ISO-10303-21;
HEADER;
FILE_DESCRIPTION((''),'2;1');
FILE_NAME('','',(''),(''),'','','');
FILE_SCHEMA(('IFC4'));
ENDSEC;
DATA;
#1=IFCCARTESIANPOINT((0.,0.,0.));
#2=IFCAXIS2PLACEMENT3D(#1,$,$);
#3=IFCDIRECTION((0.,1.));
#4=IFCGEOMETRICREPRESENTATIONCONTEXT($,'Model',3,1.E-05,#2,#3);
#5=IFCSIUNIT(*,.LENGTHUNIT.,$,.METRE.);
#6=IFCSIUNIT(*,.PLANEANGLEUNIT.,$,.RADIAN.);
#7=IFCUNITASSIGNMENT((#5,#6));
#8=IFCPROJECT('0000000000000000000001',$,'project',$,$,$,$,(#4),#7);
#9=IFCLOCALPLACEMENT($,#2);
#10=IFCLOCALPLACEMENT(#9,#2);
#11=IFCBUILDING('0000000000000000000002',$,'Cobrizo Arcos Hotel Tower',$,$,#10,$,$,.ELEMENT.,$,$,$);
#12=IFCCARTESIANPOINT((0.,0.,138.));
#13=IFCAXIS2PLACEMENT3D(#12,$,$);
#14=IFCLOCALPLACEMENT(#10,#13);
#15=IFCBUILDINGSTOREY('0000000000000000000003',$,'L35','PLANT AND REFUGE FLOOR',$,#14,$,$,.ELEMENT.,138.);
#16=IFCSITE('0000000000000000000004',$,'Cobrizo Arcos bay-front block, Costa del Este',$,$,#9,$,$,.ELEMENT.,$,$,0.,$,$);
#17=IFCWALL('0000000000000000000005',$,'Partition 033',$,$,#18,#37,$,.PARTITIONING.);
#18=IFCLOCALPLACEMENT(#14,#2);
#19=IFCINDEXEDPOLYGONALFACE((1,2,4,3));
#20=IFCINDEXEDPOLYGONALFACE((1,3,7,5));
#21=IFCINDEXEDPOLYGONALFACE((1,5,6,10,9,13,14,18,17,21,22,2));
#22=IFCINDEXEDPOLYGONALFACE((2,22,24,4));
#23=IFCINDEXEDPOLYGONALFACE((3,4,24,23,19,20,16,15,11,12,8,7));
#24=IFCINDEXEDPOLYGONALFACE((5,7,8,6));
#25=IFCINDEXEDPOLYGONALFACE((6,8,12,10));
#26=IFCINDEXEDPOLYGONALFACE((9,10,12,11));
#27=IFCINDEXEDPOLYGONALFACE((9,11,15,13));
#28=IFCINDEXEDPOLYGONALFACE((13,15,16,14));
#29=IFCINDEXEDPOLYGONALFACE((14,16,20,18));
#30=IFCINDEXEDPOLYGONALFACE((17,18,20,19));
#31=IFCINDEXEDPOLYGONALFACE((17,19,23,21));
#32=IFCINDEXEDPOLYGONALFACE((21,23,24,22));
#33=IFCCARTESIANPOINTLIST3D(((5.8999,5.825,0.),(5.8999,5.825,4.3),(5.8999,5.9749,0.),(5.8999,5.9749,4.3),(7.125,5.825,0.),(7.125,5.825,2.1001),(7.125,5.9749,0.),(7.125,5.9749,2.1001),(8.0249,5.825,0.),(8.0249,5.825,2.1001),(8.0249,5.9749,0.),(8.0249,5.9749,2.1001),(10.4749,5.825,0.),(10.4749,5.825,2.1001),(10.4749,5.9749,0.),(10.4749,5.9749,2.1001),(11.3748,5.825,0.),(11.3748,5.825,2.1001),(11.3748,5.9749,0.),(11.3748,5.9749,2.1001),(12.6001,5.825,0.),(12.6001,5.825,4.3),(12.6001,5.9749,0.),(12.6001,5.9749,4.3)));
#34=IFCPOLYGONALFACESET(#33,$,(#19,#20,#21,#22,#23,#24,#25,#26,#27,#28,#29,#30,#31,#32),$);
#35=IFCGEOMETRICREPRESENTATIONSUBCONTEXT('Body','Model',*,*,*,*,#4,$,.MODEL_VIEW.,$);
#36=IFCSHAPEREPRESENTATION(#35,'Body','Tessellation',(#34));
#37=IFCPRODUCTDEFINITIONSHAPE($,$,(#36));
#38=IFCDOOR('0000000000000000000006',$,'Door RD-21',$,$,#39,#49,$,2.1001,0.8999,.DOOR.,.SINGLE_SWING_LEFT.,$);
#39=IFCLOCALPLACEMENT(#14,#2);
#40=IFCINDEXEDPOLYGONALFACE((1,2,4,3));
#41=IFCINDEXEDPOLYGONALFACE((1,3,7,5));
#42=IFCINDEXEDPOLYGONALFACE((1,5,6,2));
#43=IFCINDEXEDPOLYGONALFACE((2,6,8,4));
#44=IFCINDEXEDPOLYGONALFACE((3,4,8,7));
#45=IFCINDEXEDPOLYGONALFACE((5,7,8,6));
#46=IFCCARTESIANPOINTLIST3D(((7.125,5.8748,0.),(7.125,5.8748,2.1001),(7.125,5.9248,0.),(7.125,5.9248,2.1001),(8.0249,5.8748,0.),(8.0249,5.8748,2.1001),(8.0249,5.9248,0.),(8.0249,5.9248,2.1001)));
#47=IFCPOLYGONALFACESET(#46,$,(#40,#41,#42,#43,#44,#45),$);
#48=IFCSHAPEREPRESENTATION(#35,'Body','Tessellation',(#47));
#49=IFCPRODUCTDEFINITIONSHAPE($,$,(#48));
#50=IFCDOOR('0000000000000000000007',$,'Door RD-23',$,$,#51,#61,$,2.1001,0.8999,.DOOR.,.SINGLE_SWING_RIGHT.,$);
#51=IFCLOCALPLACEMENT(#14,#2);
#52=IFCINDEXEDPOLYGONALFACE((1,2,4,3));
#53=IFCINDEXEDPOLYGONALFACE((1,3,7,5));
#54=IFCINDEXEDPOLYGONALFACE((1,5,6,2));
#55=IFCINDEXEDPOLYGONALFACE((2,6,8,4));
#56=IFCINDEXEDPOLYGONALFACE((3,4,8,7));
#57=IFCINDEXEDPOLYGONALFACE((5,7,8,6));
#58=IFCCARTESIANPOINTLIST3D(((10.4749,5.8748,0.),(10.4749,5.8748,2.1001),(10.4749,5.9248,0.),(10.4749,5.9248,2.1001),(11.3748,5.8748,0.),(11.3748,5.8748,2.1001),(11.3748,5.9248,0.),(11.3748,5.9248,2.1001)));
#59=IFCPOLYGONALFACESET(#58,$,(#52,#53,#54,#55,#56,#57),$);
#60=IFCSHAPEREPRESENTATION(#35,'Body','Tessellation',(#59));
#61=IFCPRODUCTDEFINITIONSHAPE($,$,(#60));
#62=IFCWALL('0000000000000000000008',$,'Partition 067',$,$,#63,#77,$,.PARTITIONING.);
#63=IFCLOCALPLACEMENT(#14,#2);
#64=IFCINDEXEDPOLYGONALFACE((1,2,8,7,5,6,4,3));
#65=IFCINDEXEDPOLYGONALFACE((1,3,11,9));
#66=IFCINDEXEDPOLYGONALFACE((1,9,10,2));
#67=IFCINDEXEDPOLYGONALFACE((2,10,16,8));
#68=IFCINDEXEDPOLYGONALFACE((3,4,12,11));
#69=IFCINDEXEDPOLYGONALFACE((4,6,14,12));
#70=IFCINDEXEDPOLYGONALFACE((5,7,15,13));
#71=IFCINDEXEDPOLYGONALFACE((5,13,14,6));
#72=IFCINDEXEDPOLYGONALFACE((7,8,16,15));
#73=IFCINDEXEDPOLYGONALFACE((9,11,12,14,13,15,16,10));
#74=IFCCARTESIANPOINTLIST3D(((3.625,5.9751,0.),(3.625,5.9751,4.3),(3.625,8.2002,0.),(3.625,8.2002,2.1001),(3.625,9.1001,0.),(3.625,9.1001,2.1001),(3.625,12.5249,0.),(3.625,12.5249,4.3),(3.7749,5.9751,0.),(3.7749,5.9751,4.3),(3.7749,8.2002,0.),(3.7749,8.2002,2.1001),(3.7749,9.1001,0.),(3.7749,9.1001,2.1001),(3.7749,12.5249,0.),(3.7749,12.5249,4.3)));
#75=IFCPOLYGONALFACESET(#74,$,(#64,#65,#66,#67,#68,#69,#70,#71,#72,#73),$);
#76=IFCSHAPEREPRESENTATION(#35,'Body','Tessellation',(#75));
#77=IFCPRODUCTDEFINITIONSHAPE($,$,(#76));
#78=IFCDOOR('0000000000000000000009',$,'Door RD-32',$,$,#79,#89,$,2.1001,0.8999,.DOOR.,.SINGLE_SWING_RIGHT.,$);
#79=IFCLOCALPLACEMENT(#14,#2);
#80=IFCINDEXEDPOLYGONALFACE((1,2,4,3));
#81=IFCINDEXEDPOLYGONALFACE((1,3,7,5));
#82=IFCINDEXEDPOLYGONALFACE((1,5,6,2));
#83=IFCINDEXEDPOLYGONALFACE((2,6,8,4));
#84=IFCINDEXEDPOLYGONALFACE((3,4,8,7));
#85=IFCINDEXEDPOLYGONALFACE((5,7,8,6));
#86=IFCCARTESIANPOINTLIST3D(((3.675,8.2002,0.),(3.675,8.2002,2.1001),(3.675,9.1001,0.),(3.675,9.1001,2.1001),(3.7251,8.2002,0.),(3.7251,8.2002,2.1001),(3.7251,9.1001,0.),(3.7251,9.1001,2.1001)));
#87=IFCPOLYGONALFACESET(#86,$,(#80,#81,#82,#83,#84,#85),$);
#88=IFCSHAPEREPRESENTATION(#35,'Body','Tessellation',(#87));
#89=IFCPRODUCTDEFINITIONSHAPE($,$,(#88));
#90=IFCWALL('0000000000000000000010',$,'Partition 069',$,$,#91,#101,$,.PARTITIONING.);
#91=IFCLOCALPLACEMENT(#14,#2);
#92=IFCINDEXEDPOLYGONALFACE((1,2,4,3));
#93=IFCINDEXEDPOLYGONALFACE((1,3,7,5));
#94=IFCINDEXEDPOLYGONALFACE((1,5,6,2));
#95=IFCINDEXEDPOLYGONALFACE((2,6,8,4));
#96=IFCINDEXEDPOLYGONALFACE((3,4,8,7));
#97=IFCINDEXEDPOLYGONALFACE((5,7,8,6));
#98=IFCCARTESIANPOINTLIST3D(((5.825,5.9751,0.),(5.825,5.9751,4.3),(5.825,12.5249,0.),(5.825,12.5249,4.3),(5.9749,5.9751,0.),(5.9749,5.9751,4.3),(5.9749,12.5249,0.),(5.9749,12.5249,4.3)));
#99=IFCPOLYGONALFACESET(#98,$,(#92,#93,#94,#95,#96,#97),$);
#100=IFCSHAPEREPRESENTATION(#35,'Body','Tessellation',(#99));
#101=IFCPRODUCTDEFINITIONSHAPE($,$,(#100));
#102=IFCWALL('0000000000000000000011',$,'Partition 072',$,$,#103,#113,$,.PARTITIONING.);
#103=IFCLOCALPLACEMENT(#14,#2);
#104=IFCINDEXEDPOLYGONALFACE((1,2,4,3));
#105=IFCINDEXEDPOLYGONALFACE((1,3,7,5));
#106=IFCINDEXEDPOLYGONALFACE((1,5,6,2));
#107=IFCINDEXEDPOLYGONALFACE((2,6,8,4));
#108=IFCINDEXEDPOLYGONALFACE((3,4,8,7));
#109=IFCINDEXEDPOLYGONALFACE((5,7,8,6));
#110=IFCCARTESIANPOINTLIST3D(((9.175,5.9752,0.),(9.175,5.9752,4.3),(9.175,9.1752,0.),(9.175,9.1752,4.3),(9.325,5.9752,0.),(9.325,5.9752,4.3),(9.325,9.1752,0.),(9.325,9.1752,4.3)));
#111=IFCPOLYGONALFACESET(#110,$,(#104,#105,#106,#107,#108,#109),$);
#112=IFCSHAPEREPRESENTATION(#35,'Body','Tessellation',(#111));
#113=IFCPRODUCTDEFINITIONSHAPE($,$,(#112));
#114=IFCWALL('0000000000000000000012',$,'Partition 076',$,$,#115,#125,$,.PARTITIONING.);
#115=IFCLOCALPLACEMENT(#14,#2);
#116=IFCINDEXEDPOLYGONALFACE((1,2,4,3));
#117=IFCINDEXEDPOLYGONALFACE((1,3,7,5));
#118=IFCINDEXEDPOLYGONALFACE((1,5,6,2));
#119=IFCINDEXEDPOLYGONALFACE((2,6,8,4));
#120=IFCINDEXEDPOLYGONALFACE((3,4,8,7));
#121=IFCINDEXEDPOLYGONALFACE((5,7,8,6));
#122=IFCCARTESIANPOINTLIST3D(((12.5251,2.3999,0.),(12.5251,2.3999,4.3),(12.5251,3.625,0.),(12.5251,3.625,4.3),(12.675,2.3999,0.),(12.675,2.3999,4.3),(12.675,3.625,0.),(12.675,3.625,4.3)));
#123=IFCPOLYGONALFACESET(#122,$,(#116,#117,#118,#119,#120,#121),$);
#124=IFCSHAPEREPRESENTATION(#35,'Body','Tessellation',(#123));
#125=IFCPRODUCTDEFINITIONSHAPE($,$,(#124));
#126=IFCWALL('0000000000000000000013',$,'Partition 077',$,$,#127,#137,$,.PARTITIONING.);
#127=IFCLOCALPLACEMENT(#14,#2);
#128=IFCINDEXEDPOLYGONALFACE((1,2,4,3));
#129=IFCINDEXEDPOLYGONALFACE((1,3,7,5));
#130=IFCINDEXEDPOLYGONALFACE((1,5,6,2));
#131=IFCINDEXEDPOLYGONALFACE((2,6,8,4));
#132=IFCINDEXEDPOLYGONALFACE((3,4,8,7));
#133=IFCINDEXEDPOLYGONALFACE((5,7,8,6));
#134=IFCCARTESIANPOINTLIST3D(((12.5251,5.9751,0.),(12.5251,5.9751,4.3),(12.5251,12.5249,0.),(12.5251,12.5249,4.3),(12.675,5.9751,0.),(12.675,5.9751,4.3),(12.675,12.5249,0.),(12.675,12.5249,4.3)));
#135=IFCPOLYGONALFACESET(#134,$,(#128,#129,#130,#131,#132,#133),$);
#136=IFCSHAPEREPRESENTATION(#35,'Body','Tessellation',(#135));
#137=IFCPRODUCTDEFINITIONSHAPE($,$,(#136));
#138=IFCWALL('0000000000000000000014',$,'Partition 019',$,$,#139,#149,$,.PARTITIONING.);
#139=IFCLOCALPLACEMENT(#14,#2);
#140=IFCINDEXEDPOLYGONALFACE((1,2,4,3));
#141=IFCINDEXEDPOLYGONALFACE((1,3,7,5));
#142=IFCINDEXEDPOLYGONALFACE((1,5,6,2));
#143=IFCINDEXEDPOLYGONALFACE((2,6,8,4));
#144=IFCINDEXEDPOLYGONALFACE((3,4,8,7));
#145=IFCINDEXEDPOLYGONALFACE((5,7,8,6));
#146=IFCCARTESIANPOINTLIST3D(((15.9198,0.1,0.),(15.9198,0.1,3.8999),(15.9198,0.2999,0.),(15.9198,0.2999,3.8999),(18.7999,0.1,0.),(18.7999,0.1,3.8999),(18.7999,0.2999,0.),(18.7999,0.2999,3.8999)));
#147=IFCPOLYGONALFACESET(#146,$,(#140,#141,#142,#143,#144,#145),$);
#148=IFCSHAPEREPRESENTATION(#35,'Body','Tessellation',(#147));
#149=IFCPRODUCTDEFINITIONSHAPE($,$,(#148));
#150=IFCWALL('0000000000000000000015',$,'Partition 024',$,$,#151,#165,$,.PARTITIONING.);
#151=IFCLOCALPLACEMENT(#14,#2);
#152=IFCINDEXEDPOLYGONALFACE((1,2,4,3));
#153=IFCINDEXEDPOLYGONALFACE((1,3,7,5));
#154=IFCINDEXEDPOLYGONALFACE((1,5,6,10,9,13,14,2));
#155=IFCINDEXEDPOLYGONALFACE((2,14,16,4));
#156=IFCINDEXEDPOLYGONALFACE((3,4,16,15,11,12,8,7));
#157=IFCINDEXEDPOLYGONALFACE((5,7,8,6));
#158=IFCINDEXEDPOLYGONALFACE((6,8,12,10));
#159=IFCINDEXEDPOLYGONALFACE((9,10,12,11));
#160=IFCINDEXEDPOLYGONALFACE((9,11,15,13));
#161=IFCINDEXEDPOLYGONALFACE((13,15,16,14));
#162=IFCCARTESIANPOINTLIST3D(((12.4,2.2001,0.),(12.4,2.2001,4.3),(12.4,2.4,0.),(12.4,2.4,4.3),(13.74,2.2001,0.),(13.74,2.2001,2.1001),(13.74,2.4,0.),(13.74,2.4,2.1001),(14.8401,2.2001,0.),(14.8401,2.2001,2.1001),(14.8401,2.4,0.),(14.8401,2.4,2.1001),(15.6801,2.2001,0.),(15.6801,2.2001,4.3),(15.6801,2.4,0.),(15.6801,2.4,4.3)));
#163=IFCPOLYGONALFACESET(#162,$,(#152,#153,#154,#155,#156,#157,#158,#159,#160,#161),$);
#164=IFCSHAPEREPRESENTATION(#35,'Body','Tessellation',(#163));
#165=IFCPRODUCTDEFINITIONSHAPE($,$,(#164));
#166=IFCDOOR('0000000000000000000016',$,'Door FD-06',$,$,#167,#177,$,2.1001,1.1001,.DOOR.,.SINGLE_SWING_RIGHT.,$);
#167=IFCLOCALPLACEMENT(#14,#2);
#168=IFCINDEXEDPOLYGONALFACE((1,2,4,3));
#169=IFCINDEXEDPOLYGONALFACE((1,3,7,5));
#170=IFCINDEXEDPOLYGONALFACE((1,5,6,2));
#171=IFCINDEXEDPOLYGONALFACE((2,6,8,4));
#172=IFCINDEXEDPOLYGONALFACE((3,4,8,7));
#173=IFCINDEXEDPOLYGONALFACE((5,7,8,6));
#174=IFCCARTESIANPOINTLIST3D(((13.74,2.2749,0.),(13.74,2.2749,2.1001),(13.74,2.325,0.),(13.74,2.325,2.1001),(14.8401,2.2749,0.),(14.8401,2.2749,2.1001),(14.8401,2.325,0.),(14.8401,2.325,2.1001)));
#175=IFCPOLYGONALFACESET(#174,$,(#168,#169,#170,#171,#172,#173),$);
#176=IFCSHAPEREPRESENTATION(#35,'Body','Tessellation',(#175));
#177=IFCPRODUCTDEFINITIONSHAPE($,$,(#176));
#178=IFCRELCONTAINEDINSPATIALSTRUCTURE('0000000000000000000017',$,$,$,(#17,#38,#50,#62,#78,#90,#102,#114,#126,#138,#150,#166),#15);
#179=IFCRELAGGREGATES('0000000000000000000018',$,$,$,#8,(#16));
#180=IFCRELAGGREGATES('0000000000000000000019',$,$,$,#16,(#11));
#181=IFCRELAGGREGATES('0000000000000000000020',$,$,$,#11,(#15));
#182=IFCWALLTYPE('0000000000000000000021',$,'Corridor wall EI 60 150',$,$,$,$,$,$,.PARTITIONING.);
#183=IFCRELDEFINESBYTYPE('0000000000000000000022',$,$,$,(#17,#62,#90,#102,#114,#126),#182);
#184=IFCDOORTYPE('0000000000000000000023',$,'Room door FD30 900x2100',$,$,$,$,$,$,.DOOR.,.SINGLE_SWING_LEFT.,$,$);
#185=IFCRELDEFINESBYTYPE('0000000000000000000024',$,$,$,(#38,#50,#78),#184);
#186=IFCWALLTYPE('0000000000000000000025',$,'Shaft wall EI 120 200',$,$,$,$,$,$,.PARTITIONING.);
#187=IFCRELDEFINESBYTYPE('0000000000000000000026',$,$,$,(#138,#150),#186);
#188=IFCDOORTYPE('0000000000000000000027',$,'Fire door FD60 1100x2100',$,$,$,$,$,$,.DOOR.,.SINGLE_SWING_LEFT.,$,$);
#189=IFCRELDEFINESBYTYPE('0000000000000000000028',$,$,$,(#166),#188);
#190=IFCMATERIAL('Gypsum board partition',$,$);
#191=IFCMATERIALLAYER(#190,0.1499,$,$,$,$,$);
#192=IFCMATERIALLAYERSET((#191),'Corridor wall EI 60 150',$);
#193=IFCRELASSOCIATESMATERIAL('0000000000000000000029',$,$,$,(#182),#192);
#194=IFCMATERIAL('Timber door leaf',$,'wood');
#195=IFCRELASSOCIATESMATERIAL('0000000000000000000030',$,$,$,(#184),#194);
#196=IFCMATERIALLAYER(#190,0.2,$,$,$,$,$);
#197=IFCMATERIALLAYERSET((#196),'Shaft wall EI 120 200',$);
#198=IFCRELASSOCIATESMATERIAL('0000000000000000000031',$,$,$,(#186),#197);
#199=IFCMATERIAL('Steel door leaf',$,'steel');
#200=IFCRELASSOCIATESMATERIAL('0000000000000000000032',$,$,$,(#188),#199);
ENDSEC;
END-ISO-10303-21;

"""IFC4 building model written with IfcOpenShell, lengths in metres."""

from ifc_helpers import new_model, si_unit, direction, frame, frame_2d, origin, place, context, subcontext, project, spatial, rectangle, extrude, material, layer, layer_set, type_object, element, fill, save


model = new_model("IFC4")

# Units and contexts
model_context = context("Model", 3, precision=1e-05, world=origin(), true_north=direction((0.0, 1.0)))
body_context = subcontext(model_context, "Body", "Model", "MODEL_VIEW")
ifc_project = project(units=[si_unit("LENGTHUNIT", "METRE"), si_unit("PLANEANGLEUNIT", "RADIAN")], contexts=[model_context])

# Site, building, storey
site_placement = place(None, origin())
site = spatial("IfcSite", under=ifc_project, at=site_placement, Name="Cobrizo Arcos bay-front block, Costa del Este", CompositionType="ELEMENT", RefElevation=0.0)
building_placement = place(site_placement, origin())
building = spatial("IfcBuilding", under=site, at=building_placement, Name="Cobrizo Arcos Hotel Tower", CompositionType="ELEMENT")
storey_placement = place(building_placement, frame((0.0, 0.0, 138.0)))
storey = spatial("IfcBuildingStorey", under=building, at=storey_placement, Name="L35", Description="PLANT AND REFUGE FLOOR", CompositionType="ELEMENT", Elevation=138.0)

# Shared definitions
ifc_material_1 = material(Name="Gypsum board partition")
ifc_layer_1 = layer(ifc_material_1, 0.1499)
ifc_layer_set_1 = layer_set([ifc_layer_1], Name="Corridor wall EI 60 150")
wall_type_1 = type_object("IfcWallType", Name="Corridor wall EI 60 150", PredefinedType="PARTITIONING", material=ifc_layer_set_1)
ifc_material_2 = material(Name="Timber door leaf", Category="wood")
door_type_1 = type_object("IfcDoorType", Name="Room door FD30 900x2100", OperationType="SINGLE_SWING_LEFT", PredefinedType="DOOR", material=ifc_material_2)

# Wall, openings, doors
wall_1_placement = place(storey_placement, frame((5.8999, 5.8999, 0.0), z_axis=(0.0, 0.0, 1.0), x_axis=(1.0, 0.0, 0.0)))
wall_1 = element("IfcWall", 1, at=wall_1_placement, inside=storey, type_object=wall_type_1, Name="Partition 033", PredefinedType="PARTITIONING", context=body_context, shape_type="SweptSolid", body=[
    extrude(rectangle(XDim=6.7002, YDim=0.1499, at=frame_2d((3.3501, 0.0))), origin(), (0.0, 0.0, 1.0), 4.3),
])
opening_1_placement = place(wall_1_placement, frame((1.2251, 0.0, 0.0)))
opening_1 = element("IfcOpeningElement", 2, at=opening_1_placement, cuts=wall_1, PredefinedType="OPENING", context=body_context, shape_type="SweptSolid", body=[
    extrude(rectangle(XDim=0.8999, YDim=2.1001, at=frame_2d((0.45, 1.05))), frame((0.0, 0.0869, 0.0), z_axis=(0.0, -1.0, 0.0), x_axis=(1.0, 0.0, 0.0)), (0.0, 0.0, 1.0), 0.1738),
])
opening_2_placement = place(wall_1_placement, frame((4.575, 0.0, 0.0)))
opening_2 = element("IfcOpeningElement", 3, at=opening_2_placement, cuts=wall_1, PredefinedType="OPENING", context=body_context, shape_type="SweptSolid", body=[
    extrude(rectangle(XDim=0.8999, YDim=2.1001, at=frame_2d((0.45, 1.05))), frame((0.0, 0.0869, 0.0), z_axis=(0.0, -1.0, 0.0), x_axis=(1.0, 0.0, 0.0)), (0.0, 0.0, 1.0), 0.1738),
])
door_1_placement = place(opening_1_placement, origin())
door_1 = element("IfcDoor", 4, at=door_1_placement, inside=storey, type_object=door_type_1, Name="Door RD-21", OperationType="SINGLE_SWING_LEFT", OverallHeight=2.1001, OverallWidth=0.8999, PredefinedType="DOOR", context=body_context, shape_type="SweptSolid", body=[
    extrude(rectangle(XDim=0.8999, YDim=2.1001, at=frame_2d((0.45, 1.05))), frame((0.0, 0.0249, 0.0), z_axis=(0.0, -1.0, 0.0), x_axis=(1.0, 0.0, 0.0)), (0.0, 0.0, 1.0), 0.05),
])
fill(opening_1, door_1)
door_2_placement = place(opening_2_placement, origin())
door_2 = element("IfcDoor", 5, at=door_2_placement, inside=storey, type_object=door_type_1, Name="Door RD-23", OperationType="SINGLE_SWING_RIGHT", OverallHeight=2.1001, OverallWidth=0.8999, PredefinedType="DOOR", context=body_context, shape_type="SweptSolid", body=[
    extrude(rectangle(XDim=0.8999, YDim=2.1001, at=frame_2d((0.45, 1.05))), frame((0.0, 0.0249, 0.0), z_axis=(0.0, -1.0, 0.0), x_axis=(1.0, 0.0, 0.0)), (0.0, 0.0, 1.0), 0.05),
])
fill(opening_2, door_2)

# Wall, opening, door
wall_2_placement = place(storey_placement, frame((3.7, 5.9751, 0.0), z_axis=(0.0, 0.0, 1.0), x_axis=(0.0, 1.0, 0.0)))
wall_2 = element("IfcWall", 6, at=wall_2_placement, inside=storey, type_object=wall_type_1, Name="Partition 067", PredefinedType="PARTITIONING", context=body_context, shape_type="SweptSolid", body=[
    extrude(rectangle(XDim=6.5498, YDim=0.1499, at=frame_2d((3.2749, 0.0))), origin(), (0.0, 0.0, 1.0), 4.3),
])
opening_3_placement = place(wall_2_placement, frame((2.2251, 0.0, 0.0)))
opening_3 = element("IfcOpeningElement", 7, at=opening_3_placement, cuts=wall_2, PredefinedType="OPENING", context=body_context, shape_type="SweptSolid", body=[
    extrude(rectangle(XDim=0.8999, YDim=2.1001, at=frame_2d((0.45, 1.05))), frame((0.0, 0.0869, 0.0), z_axis=(0.0, -1.0, 0.0), x_axis=(1.0, 0.0, 0.0)), (0.0, 0.0, 1.0), 0.1738),
])
door_3_placement = place(opening_3_placement, origin())
door_3 = element("IfcDoor", 8, at=door_3_placement, inside=storey, type_object=door_type_1, Name="Door RD-32", OperationType="SINGLE_SWING_RIGHT", OverallHeight=2.1001, OverallWidth=0.8999, PredefinedType="DOOR", context=body_context, shape_type="SweptSolid", body=[
    extrude(rectangle(XDim=0.8999, YDim=2.1001, at=frame_2d((0.45, 1.05))), frame((0.0, 0.0249, 0.0), z_axis=(0.0, -1.0, 0.0), x_axis=(1.0, 0.0, 0.0)), (0.0, 0.0, 1.0), 0.05),
])
fill(opening_3, door_3)

# Walls
wall_3_placement = place(storey_placement, frame((5.8999, 5.9751, 0.0), z_axis=(0.0, 0.0, 1.0), x_axis=(0.0, 1.0, 0.0)))
element("IfcWall", 9, at=wall_3_placement, inside=storey, type_object=wall_type_1, Name="Partition 069", PredefinedType="PARTITIONING", context=body_context, shape_type="SweptSolid", body=[
    extrude(rectangle(XDim=6.5498, YDim=0.1499, at=frame_2d((3.2749, 0.0))), origin(), (0.0, 0.0, 1.0), 4.3),
])
wall_4_placement = place(storey_placement, frame((9.25, 5.9751, 0.0), z_axis=(0.0, 0.0, 1.0), x_axis=(0.0, 1.0, 0.0)))
element("IfcWall", 10, at=wall_4_placement, inside=storey, type_object=wall_type_1, Name="Partition 072", PredefinedType="PARTITIONING", context=body_context, shape_type="SweptSolid", body=[
    extrude(rectangle(XDim=3.2, YDim=0.1499, at=frame_2d((1.6001, 0.0))), origin(), (0.0, 0.0, 1.0), 4.3),
])
wall_5_placement = place(storey_placement, frame((12.6001, 2.3999, 0.0), z_axis=(0.0, 0.0, 1.0), x_axis=(0.0, 1.0, 0.0)))
element("IfcWall", 11, at=wall_5_placement, inside=storey, type_object=wall_type_1, Name="Partition 076", PredefinedType="PARTITIONING", context=body_context, shape_type="SweptSolid", body=[
    extrude(rectangle(XDim=1.2251, YDim=0.1499, at=frame_2d((0.6125, 0.0))), origin(), (0.0, 0.0, 1.0), 4.3),
])
wall_6_placement = place(storey_placement, frame((12.6001, 5.9751, 0.0), z_axis=(0.0, 0.0, 1.0), x_axis=(0.0, 1.0, 0.0)))
element("IfcWall", 12, at=wall_6_placement, inside=storey, type_object=wall_type_1, Name="Partition 077", PredefinedType="PARTITIONING", context=body_context, shape_type="SweptSolid", body=[
    extrude(rectangle(XDim=6.5498, YDim=0.1499, at=frame_2d((3.2749, 0.0))), origin(), (0.0, 0.0, 1.0), 4.3),
])
ifc_layer_2 = layer(ifc_material_1, 0.2)
ifc_layer_set_2 = layer_set([ifc_layer_2], Name="Shaft wall EI 120 200")
wall_type_2 = type_object("IfcWallType", Name="Shaft wall EI 120 200", PredefinedType="PARTITIONING", material=ifc_layer_set_2)
wall_7_placement = place(storey_placement, frame((15.9199, 0.2, 0.0), z_axis=(0.0, 0.0, 1.0), x_axis=(1.0, 0.0, 0.0)))
element("IfcWall", 13, at=wall_7_placement, inside=storey, type_object=wall_type_2, Name="Partition 019", PredefinedType="PARTITIONING", context=body_context, shape_type="SweptSolid", body=[
    extrude(rectangle(XDim=2.8801, YDim=0.2, at=frame_2d((1.4399, 0.0))), origin(), (0.0, 0.0, 1.0), 3.8999),
])

# Wall, opening, door
wall_8_placement = place(storey_placement, frame((12.3999, 2.3, 0.0), z_axis=(0.0, 0.0, 1.0), x_axis=(1.0, 0.0, 0.0)))
wall_8 = element("IfcWall", 14, at=wall_8_placement, inside=storey, type_object=wall_type_2, Name="Partition 024", PredefinedType="PARTITIONING", context=body_context, shape_type="SweptSolid", body=[
    extrude(rectangle(XDim=3.28, YDim=0.2, at=frame_2d((1.6401, 0.0))), origin(), (0.0, 0.0, 1.0), 4.3),
])
opening_4_placement = place(wall_8_placement, frame((1.3401, 0.0, 0.0)))
opening_4 = element("IfcOpeningElement", 15, at=opening_4_placement, cuts=wall_8, PredefinedType="OPENING", context=body_context, shape_type="SweptSolid", body=[
    extrude(rectangle(XDim=1.1001, YDim=2.1001, at=frame_2d((0.55, 1.05))), frame((0.0, 0.1121, 0.0), z_axis=(0.0, -1.0, 0.0), x_axis=(1.0, 0.0, 0.0)), (0.0, 0.0, 1.0), 0.2239),
])
ifc_material_3 = material(Name="Steel door leaf", Category="steel")
door_type_2 = type_object("IfcDoorType", Name="Fire door FD60 1100x2100", OperationType="SINGLE_SWING_LEFT", PredefinedType="DOOR", material=ifc_material_3)
door_4_placement = place(opening_4_placement, origin())
door_4 = element("IfcDoor", 16, at=door_4_placement, inside=storey, type_object=door_type_2, Name="Door FD-06", OperationType="SINGLE_SWING_RIGHT", OverallHeight=2.1001, OverallWidth=1.1001, PredefinedType="DOOR", context=body_context, shape_type="SweptSolid", body=[
    extrude(rectangle(XDim=1.1001, YDim=2.1001, at=frame_2d((0.55, 1.05))), frame((0.0, 0.0249, 0.0), z_axis=(0.0, -1.0, 0.0), x_axis=(1.0, 0.0, 0.0)), (0.0, 0.0, 1.0), 0.05),
])
fill(opening_4, door_4)

save(model, "model.ifc")
